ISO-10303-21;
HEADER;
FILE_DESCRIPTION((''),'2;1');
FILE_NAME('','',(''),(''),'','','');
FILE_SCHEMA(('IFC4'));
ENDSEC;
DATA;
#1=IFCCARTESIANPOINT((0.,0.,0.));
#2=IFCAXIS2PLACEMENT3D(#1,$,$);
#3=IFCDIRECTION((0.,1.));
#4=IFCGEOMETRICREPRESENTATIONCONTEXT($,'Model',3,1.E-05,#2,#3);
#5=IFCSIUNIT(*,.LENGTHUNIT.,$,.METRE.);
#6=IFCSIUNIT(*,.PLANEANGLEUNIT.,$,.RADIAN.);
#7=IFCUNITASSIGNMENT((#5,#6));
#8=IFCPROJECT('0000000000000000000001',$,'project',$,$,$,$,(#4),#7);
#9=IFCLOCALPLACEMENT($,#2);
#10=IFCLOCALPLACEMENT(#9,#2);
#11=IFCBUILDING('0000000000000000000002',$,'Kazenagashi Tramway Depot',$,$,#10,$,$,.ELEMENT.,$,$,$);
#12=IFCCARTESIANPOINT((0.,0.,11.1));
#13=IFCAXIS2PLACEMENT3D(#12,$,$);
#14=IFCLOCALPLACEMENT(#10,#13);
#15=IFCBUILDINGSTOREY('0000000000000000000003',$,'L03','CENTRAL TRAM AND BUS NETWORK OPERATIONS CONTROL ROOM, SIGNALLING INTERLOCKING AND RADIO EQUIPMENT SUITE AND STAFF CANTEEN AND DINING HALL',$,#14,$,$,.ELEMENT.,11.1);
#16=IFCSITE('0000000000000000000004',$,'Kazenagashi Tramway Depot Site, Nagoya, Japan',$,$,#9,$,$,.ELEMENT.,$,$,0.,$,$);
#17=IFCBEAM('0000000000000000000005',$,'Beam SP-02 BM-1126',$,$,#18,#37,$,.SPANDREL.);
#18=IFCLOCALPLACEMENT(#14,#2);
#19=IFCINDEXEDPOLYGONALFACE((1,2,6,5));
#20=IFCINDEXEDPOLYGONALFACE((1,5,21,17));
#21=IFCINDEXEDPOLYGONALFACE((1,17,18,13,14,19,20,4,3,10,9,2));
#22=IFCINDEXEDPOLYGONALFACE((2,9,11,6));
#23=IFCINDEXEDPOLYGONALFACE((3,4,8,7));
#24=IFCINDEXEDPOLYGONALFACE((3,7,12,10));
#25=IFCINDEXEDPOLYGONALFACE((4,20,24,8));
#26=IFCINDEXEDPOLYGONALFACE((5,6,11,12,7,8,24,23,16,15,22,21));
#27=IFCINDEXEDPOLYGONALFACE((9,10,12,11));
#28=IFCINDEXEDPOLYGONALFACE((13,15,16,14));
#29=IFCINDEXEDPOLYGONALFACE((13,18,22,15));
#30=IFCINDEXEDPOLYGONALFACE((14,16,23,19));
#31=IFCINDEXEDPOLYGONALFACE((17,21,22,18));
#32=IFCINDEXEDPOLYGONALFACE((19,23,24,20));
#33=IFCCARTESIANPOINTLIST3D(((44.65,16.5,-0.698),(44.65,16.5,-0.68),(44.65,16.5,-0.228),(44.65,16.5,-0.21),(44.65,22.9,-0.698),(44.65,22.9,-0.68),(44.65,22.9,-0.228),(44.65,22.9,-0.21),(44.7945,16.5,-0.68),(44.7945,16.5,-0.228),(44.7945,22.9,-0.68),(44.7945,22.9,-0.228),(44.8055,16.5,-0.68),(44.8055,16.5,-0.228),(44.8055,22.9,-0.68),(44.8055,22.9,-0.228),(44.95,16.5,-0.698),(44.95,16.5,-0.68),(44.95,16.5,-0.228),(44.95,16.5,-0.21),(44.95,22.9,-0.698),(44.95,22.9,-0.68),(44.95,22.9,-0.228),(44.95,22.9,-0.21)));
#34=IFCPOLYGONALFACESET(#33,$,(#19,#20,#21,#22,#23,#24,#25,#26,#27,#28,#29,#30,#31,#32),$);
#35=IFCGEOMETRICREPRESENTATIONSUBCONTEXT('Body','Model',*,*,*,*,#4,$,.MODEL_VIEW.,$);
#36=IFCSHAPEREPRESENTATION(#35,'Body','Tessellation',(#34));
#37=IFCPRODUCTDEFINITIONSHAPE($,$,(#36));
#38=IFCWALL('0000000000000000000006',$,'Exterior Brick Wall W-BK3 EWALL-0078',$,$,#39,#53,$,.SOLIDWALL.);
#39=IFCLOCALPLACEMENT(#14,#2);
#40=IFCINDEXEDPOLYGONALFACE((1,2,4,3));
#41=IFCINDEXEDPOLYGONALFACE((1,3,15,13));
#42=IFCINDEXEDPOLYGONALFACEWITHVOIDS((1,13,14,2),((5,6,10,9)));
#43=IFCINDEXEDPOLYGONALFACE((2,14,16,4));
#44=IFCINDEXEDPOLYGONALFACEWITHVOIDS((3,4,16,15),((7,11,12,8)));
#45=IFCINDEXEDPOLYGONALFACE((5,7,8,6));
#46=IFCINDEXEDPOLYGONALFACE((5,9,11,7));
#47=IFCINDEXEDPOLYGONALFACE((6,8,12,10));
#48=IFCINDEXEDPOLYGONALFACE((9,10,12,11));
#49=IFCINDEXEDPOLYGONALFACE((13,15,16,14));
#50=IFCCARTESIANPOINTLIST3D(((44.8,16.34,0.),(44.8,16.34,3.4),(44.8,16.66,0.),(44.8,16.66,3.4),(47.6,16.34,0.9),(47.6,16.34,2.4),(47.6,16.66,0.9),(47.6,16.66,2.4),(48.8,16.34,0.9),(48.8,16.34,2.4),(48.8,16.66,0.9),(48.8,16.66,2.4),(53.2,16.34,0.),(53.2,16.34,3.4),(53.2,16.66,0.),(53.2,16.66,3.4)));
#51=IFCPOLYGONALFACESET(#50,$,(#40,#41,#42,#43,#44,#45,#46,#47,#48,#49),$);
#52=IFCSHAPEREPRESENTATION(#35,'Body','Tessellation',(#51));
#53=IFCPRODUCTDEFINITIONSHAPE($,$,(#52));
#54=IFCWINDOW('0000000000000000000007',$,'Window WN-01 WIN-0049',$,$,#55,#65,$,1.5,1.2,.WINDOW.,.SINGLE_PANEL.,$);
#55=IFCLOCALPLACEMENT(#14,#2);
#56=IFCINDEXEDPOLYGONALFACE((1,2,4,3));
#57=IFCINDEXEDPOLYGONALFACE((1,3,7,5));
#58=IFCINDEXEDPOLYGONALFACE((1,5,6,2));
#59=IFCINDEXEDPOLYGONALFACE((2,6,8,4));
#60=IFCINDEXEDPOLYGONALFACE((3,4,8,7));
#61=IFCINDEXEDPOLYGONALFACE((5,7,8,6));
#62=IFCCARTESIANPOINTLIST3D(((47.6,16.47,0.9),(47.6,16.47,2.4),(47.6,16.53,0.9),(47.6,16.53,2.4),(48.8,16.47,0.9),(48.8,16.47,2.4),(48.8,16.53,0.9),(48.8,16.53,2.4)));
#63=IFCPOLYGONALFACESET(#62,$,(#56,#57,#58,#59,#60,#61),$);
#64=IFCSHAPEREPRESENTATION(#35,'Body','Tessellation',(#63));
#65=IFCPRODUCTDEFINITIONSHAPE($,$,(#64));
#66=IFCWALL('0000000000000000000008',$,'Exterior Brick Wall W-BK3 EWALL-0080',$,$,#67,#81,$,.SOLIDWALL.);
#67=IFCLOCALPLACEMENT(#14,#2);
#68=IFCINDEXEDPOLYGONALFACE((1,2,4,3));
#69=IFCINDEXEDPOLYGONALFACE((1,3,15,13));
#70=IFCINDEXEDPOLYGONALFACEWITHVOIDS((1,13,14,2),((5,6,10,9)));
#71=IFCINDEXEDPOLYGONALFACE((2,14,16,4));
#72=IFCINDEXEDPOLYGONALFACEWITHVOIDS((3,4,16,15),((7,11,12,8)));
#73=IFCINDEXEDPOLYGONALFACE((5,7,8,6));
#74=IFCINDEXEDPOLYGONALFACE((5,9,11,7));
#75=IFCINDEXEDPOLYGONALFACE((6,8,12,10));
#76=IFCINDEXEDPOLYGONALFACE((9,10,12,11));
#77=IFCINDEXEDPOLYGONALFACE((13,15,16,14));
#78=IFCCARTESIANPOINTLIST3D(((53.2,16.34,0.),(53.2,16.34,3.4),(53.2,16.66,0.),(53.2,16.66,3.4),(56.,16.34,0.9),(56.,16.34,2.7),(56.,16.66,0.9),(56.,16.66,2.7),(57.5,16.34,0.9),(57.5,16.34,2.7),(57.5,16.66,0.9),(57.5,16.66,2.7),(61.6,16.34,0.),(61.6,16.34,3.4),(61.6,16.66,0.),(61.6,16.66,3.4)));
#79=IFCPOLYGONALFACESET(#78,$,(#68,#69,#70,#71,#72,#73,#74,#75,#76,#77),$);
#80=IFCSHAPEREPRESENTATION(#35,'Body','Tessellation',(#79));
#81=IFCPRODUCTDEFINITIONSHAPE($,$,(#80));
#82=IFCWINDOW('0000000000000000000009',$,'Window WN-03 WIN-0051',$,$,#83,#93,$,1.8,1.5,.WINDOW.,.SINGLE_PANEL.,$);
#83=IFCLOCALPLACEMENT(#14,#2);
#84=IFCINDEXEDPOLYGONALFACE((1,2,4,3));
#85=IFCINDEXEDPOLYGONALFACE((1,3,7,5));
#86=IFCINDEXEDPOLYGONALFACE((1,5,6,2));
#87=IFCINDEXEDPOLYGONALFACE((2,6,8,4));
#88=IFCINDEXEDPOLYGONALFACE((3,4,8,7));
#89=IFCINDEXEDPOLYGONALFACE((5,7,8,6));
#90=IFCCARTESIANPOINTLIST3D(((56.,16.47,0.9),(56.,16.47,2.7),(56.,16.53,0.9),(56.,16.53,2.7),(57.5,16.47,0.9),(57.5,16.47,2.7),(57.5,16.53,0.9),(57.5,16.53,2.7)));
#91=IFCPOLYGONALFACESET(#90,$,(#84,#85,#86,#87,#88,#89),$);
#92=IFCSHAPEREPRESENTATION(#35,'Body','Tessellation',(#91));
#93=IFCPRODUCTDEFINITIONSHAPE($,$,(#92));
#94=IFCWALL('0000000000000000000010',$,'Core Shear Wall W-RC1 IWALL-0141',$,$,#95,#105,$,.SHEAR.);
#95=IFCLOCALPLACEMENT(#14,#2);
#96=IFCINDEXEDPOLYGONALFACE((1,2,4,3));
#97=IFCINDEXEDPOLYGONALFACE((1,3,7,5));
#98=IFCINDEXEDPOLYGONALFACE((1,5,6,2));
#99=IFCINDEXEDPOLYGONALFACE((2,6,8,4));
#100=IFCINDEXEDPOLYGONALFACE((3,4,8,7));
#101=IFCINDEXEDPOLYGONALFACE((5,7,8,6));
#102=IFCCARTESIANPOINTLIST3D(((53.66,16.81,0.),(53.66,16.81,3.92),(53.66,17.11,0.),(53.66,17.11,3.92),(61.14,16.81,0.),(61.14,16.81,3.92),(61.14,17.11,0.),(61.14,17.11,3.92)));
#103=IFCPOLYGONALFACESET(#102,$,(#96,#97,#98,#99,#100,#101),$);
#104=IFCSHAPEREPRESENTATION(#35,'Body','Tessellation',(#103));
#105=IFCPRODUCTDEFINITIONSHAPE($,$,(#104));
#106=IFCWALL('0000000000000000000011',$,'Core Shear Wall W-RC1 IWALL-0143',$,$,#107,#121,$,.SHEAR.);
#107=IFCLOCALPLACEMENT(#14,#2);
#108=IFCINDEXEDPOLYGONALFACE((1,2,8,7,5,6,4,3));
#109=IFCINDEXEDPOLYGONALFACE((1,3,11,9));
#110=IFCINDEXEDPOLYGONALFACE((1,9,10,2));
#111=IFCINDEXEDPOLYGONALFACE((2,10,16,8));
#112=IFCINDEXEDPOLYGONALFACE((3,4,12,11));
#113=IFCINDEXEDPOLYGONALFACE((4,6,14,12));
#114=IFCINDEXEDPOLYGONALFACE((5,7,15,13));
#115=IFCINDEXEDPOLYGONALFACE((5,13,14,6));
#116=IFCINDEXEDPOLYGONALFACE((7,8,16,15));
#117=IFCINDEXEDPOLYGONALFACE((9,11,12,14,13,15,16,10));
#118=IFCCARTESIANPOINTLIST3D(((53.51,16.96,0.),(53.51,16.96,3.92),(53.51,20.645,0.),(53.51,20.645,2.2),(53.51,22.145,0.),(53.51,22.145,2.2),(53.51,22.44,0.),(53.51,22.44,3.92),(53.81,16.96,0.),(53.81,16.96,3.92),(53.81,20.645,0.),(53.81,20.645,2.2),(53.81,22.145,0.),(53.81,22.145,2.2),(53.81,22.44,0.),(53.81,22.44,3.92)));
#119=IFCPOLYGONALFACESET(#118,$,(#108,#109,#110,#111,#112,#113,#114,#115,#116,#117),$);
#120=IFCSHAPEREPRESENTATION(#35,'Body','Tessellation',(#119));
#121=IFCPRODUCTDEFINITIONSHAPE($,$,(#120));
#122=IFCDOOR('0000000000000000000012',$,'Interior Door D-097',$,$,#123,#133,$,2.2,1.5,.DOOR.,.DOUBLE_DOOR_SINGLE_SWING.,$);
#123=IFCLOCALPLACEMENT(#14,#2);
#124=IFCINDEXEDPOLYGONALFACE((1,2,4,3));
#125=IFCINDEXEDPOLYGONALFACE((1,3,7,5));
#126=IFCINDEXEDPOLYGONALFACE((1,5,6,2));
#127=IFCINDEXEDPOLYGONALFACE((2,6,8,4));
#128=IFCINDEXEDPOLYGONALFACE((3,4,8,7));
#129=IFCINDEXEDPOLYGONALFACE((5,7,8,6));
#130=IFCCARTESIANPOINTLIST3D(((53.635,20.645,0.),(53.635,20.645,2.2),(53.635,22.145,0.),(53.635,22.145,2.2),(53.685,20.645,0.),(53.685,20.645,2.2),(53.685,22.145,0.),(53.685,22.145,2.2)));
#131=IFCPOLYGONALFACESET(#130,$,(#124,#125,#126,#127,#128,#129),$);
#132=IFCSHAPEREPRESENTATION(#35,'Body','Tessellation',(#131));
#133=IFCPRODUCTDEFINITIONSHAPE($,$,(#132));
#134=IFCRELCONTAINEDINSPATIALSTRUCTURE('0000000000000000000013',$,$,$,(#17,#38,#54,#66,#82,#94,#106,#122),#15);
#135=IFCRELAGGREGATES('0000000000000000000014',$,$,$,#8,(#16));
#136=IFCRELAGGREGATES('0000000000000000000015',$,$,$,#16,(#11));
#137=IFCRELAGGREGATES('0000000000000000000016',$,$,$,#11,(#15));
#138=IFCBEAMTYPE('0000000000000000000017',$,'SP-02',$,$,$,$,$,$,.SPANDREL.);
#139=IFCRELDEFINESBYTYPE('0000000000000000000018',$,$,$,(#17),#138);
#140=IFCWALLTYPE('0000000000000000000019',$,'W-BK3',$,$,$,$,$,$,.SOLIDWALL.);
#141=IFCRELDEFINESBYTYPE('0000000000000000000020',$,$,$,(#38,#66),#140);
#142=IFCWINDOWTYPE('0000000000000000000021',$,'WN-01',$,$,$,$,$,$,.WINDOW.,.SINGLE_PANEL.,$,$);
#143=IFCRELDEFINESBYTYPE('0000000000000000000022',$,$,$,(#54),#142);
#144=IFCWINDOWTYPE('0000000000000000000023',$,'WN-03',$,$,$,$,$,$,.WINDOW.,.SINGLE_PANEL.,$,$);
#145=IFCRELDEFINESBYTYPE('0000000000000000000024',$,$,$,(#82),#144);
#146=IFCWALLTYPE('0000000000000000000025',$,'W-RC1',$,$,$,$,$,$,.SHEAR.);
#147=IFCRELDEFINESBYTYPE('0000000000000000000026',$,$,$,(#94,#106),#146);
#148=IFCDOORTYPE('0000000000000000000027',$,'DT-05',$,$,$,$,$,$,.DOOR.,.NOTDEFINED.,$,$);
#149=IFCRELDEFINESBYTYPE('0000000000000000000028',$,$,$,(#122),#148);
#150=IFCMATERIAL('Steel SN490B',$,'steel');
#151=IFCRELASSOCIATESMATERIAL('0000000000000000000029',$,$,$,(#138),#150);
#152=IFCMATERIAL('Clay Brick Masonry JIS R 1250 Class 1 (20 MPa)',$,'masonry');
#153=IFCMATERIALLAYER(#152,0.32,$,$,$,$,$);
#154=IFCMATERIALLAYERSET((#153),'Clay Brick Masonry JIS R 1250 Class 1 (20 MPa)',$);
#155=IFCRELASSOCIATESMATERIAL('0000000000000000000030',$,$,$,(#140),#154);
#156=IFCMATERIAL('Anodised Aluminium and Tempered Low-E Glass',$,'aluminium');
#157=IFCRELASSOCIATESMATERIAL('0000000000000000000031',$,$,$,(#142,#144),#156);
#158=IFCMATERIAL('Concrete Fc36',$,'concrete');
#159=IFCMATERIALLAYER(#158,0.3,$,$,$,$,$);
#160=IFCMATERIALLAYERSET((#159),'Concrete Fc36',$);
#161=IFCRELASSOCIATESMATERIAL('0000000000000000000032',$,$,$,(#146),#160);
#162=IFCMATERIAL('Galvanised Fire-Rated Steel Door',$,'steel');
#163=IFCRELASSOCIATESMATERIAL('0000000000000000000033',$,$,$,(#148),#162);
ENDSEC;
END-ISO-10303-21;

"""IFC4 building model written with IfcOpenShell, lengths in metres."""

from ifc_helpers import new_model, si_unit, direction, frame, frame_2d, origin, origin_2d, place, context, subcontext, project, spatial, rectangle, i_section, extrude, material, layer, layer_set, material_profile, profile_set, type_object, element, fill, save


model = new_model("IFC4")

# Units and contexts
model_context = context("Model", 3, precision=1e-05, world=origin(), true_north=direction((0.0, 1.0)))
body_context = subcontext(model_context, "Body", "Model", "MODEL_VIEW")
ifc_project = project(units=[si_unit("LENGTHUNIT", "METRE"), si_unit("PLANEANGLEUNIT", "RADIAN")], contexts=[model_context])

# Site, building, storey
site_placement = place(None, origin())
site = spatial("IfcSite", under=ifc_project, at=site_placement, Name="Kazenagashi Tramway Depot Site, Nagoya, Japan", CompositionType="ELEMENT", RefElevation=0.0)
building_placement = place(site_placement, origin())
building = spatial("IfcBuilding", under=site, at=building_placement, Name="Kazenagashi Tramway Depot", CompositionType="ELEMENT")
storey_placement = place(building_placement, frame((0.0, 0.0, 11.1)))
storey = spatial("IfcBuildingStorey", under=building, at=storey_placement, Name="L03", Description="CENTRAL TRAM AND BUS NETWORK OPERATIONS CONTROL ROOM, SIGNALLING INTERLOCKING AND RADIO EQUIPMENT SUITE AND STAFF CANTEEN AND DINING HALL", CompositionType="ELEMENT", Elevation=11.1)

# Shared definitions
ifc_material_1 = material(Name="Steel SN490B", Category="steel")

# Beam
ifc_material_profile_1 = material_profile(ifc_material_1, i_section(OverallWidth=0.3, OverallDepth=0.488, WebThickness=0.011, FlangeThickness=0.018, at=origin_2d()), Name="H-488x300x11x18")
ifc_profile_set_1 = profile_set([ifc_material_profile_1], Name="Steel SN490B")
beam_type_1 = type_object("IfcBeamType", Name="SP-02", PredefinedType="SPANDREL", material=ifc_profile_set_1)
beam_1_placement = place(storey_placement, frame((44.8, 16.5, -0.454), z_axis=(0.0, 1.0, 0.0), x_axis=(-1.0, 0.0, 0.0)))
element("IfcBeam", 1, at=beam_1_placement, inside=storey, type_object=beam_type_1, Name="Beam SP-02 BM-1126", PredefinedType="SPANDREL", context=body_context, shape_type="SweptSolid", body=[
    extrude(i_section(OverallWidth=0.3, OverallDepth=0.488, WebThickness=0.011, FlangeThickness=0.018, at=origin_2d()), origin(), (0.0, 0.0, 1.0), 6.4),
])

# Walls, openings, windows
ifc_material_2 = material(Name="Clay Brick Masonry JIS R 1250 Class 1 (20 MPa)", Category="masonry")
ifc_layer_1 = layer(ifc_material_2, 0.32)
ifc_layer_set_1 = layer_set([ifc_layer_1], Name="Clay Brick Masonry JIS R 1250 Class 1 (20 MPa)")
wall_type_1 = type_object("IfcWallType", Name="W-BK3", PredefinedType="SOLIDWALL", material=ifc_layer_set_1)
wall_1_placement = place(storey_placement, frame((44.8, 16.5, 0.0), z_axis=(0.0, 0.0, 1.0), x_axis=(1.0, 0.0, 0.0)))
wall_1 = element("IfcWall", 2, at=wall_1_placement, inside=storey, type_object=wall_type_1, Name="Exterior Brick Wall W-BK3 EWALL-0078", PredefinedType="SOLIDWALL", context=body_context, shape_type="SweptSolid", body=[
    extrude(rectangle(XDim=8.4, YDim=0.32, at=frame_2d((4.2, 0.0))), origin(), (0.0, 0.0, 1.0), 3.4),
])
opening_1_placement = place(wall_1_placement, frame((2.8, 0.0, 0.9)))
opening_1 = element("IfcOpeningElement", 3, at=opening_1_placement, cuts=wall_1, PredefinedType="OPENING", context=body_context, shape_type="SweptSolid", body=[
    extrude(rectangle(XDim=1.2, YDim=1.5, at=frame_2d((0.6, 0.75))), frame((0.0, 0.17, 0.0), z_axis=(0.0, -1.0, 0.0), x_axis=(1.0, 0.0, 0.0)), (0.0, 0.0, 1.0), 0.34),
])
ifc_material_3 = material(Name="Anodised Aluminium and Tempered Low-E Glass", Category="aluminium")
window_type_1 = type_object("IfcWindowType", Name="WN-01", PartitioningType="SINGLE_PANEL", PredefinedType="WINDOW", material=ifc_material_3)
window_1_placement = place(opening_1_placement, origin())
window_1 = element("IfcWindow", 4, at=window_1_placement, inside=storey, type_object=window_type_1, Name="Window WN-01 WIN-0049", OverallHeight=1.5, OverallWidth=1.2, PartitioningType="SINGLE_PANEL", PredefinedType="WINDOW", context=body_context, shape_type="SweptSolid", body=[
    extrude(rectangle(XDim=1.2, YDim=1.5, at=frame_2d((0.6, 0.75))), frame((0.0, 0.03, 0.0), z_axis=(0.0, -1.0, 0.0), x_axis=(1.0, 0.0, 0.0)), (0.0, 0.0, 1.0), 0.06),
])
fill(opening_1, window_1)
wall_2_placement = place(storey_placement, frame((53.2, 16.5, 0.0), z_axis=(0.0, 0.0, 1.0), x_axis=(1.0, 0.0, 0.0)))
wall_2 = element("IfcWall", 5, at=wall_2_placement, inside=storey, type_object=wall_type_1, Name="Exterior Brick Wall W-BK3 EWALL-0080", PredefinedType="SOLIDWALL", context=body_context, shape_type="SweptSolid", body=[
    extrude(rectangle(XDim=8.4, YDim=0.32, at=frame_2d((4.2, 0.0))), origin(), (0.0, 0.0, 1.0), 3.4),
])
opening_2_placement = place(wall_2_placement, frame((2.8, 0.0, 0.9)))
opening_2 = element("IfcOpeningElement", 6, at=opening_2_placement, cuts=wall_2, PredefinedType="OPENING", context=body_context, shape_type="SweptSolid", body=[
    extrude(rectangle(XDim=1.5, YDim=1.8, at=frame_2d((0.75, 0.9))), frame((0.0, 0.17, 0.0), z_axis=(0.0, -1.0, 0.0), x_axis=(1.0, 0.0, 0.0)), (0.0, 0.0, 1.0), 0.34),
])
window_type_2 = type_object("IfcWindowType", Name="WN-03", PartitioningType="SINGLE_PANEL", PredefinedType="WINDOW", material=ifc_material_3)
window_2_placement = place(opening_2_placement, origin())
window_2 = element("IfcWindow", 7, at=window_2_placement, inside=storey, type_object=window_type_2, Name="Window WN-03 WIN-0051", OverallHeight=1.8, OverallWidth=1.5, PartitioningType="SINGLE_PANEL", PredefinedType="WINDOW", context=body_context, shape_type="SweptSolid", body=[
    extrude(rectangle(XDim=1.5, YDim=1.8, at=frame_2d((0.75, 0.9))), frame((0.0, 0.03, 0.0), z_axis=(0.0, -1.0, 0.0), x_axis=(1.0, 0.0, 0.0)), (0.0, 0.0, 1.0), 0.06),
])
fill(opening_2, window_2)

# Wall
ifc_material_4 = material(Name="Concrete Fc36", Category="concrete")
ifc_layer_2 = layer(ifc_material_4, 0.3)
ifc_layer_set_2 = layer_set([ifc_layer_2], Name="Concrete Fc36")
wall_type_2 = type_object("IfcWallType", Name="W-RC1", PredefinedType="SHEAR", material=ifc_layer_set_2)
wall_3_placement = place(storey_placement, frame((53.66, 16.96, 0.0), z_axis=(0.0, 0.0, 1.0), x_axis=(1.0, 0.0, 0.0)))
element("IfcWall", 8, at=wall_3_placement, inside=storey, type_object=wall_type_2, Name="Core Shear Wall W-RC1 IWALL-0141", PredefinedType="SHEAR", context=body_context, shape_type="SweptSolid", body=[
    extrude(rectangle(XDim=7.48, YDim=0.3, at=frame_2d((3.74, 0.0))), origin(), (0.0, 0.0, 1.0), 3.92),
])

# Wall, opening, door
wall_4_placement = place(storey_placement, frame((53.66, 16.96, 0.0), z_axis=(0.0, 0.0, 1.0), x_axis=(0.0, 1.0, 0.0)))
wall_4 = element("IfcWall", 9, at=wall_4_placement, inside=storey, type_object=wall_type_2, Name="Core Shear Wall W-RC1 IWALL-0143", PredefinedType="SHEAR", context=body_context, shape_type="SweptSolid", body=[
    extrude(rectangle(XDim=5.48, YDim=0.3, at=frame_2d((2.74, 0.0))), origin(), (0.0, 0.0, 1.0), 3.92),
])
opening_3_placement = place(wall_4_placement, frame((3.685, 0.0, 0.0)))
opening_3 = element("IfcOpeningElement", 10, at=opening_3_placement, cuts=wall_4, PredefinedType="OPENING", context=body_context, shape_type="SweptSolid", body=[
    extrude(rectangle(XDim=1.5, YDim=2.2, at=frame_2d((0.75, 1.1))), frame((0.0, 0.16, 0.0), z_axis=(0.0, -1.0, 0.0), x_axis=(1.0, 0.0, 0.0)), (0.0, 0.0, 1.0), 0.32),
])
ifc_material_5 = material(Name="Galvanised Fire-Rated Steel Door", Category="steel")
door_type = type_object("IfcDoorType", Name="DT-05", OperationType="NOTDEFINED", PredefinedType="DOOR", material=ifc_material_5)
door_placement = place(opening_3_placement, origin())
door = element("IfcDoor", 11, at=door_placement, inside=storey, type_object=door_type, Name="Interior Door D-097", OperationType="DOUBLE_DOOR_SINGLE_SWING", OverallHeight=2.2, OverallWidth=1.5, PredefinedType="DOOR", context=body_context, shape_type="SweptSolid", body=[
    extrude(rectangle(XDim=1.5, YDim=2.2, at=frame_2d((0.75, 1.1))), frame((0.0, 0.025, 0.0), z_axis=(0.0, -1.0, 0.0), x_axis=(1.0, 0.0, 0.0)), (0.0, 0.0, 1.0), 0.05),
])
fill(opening_3, door)

save(model, "model.ifc")
